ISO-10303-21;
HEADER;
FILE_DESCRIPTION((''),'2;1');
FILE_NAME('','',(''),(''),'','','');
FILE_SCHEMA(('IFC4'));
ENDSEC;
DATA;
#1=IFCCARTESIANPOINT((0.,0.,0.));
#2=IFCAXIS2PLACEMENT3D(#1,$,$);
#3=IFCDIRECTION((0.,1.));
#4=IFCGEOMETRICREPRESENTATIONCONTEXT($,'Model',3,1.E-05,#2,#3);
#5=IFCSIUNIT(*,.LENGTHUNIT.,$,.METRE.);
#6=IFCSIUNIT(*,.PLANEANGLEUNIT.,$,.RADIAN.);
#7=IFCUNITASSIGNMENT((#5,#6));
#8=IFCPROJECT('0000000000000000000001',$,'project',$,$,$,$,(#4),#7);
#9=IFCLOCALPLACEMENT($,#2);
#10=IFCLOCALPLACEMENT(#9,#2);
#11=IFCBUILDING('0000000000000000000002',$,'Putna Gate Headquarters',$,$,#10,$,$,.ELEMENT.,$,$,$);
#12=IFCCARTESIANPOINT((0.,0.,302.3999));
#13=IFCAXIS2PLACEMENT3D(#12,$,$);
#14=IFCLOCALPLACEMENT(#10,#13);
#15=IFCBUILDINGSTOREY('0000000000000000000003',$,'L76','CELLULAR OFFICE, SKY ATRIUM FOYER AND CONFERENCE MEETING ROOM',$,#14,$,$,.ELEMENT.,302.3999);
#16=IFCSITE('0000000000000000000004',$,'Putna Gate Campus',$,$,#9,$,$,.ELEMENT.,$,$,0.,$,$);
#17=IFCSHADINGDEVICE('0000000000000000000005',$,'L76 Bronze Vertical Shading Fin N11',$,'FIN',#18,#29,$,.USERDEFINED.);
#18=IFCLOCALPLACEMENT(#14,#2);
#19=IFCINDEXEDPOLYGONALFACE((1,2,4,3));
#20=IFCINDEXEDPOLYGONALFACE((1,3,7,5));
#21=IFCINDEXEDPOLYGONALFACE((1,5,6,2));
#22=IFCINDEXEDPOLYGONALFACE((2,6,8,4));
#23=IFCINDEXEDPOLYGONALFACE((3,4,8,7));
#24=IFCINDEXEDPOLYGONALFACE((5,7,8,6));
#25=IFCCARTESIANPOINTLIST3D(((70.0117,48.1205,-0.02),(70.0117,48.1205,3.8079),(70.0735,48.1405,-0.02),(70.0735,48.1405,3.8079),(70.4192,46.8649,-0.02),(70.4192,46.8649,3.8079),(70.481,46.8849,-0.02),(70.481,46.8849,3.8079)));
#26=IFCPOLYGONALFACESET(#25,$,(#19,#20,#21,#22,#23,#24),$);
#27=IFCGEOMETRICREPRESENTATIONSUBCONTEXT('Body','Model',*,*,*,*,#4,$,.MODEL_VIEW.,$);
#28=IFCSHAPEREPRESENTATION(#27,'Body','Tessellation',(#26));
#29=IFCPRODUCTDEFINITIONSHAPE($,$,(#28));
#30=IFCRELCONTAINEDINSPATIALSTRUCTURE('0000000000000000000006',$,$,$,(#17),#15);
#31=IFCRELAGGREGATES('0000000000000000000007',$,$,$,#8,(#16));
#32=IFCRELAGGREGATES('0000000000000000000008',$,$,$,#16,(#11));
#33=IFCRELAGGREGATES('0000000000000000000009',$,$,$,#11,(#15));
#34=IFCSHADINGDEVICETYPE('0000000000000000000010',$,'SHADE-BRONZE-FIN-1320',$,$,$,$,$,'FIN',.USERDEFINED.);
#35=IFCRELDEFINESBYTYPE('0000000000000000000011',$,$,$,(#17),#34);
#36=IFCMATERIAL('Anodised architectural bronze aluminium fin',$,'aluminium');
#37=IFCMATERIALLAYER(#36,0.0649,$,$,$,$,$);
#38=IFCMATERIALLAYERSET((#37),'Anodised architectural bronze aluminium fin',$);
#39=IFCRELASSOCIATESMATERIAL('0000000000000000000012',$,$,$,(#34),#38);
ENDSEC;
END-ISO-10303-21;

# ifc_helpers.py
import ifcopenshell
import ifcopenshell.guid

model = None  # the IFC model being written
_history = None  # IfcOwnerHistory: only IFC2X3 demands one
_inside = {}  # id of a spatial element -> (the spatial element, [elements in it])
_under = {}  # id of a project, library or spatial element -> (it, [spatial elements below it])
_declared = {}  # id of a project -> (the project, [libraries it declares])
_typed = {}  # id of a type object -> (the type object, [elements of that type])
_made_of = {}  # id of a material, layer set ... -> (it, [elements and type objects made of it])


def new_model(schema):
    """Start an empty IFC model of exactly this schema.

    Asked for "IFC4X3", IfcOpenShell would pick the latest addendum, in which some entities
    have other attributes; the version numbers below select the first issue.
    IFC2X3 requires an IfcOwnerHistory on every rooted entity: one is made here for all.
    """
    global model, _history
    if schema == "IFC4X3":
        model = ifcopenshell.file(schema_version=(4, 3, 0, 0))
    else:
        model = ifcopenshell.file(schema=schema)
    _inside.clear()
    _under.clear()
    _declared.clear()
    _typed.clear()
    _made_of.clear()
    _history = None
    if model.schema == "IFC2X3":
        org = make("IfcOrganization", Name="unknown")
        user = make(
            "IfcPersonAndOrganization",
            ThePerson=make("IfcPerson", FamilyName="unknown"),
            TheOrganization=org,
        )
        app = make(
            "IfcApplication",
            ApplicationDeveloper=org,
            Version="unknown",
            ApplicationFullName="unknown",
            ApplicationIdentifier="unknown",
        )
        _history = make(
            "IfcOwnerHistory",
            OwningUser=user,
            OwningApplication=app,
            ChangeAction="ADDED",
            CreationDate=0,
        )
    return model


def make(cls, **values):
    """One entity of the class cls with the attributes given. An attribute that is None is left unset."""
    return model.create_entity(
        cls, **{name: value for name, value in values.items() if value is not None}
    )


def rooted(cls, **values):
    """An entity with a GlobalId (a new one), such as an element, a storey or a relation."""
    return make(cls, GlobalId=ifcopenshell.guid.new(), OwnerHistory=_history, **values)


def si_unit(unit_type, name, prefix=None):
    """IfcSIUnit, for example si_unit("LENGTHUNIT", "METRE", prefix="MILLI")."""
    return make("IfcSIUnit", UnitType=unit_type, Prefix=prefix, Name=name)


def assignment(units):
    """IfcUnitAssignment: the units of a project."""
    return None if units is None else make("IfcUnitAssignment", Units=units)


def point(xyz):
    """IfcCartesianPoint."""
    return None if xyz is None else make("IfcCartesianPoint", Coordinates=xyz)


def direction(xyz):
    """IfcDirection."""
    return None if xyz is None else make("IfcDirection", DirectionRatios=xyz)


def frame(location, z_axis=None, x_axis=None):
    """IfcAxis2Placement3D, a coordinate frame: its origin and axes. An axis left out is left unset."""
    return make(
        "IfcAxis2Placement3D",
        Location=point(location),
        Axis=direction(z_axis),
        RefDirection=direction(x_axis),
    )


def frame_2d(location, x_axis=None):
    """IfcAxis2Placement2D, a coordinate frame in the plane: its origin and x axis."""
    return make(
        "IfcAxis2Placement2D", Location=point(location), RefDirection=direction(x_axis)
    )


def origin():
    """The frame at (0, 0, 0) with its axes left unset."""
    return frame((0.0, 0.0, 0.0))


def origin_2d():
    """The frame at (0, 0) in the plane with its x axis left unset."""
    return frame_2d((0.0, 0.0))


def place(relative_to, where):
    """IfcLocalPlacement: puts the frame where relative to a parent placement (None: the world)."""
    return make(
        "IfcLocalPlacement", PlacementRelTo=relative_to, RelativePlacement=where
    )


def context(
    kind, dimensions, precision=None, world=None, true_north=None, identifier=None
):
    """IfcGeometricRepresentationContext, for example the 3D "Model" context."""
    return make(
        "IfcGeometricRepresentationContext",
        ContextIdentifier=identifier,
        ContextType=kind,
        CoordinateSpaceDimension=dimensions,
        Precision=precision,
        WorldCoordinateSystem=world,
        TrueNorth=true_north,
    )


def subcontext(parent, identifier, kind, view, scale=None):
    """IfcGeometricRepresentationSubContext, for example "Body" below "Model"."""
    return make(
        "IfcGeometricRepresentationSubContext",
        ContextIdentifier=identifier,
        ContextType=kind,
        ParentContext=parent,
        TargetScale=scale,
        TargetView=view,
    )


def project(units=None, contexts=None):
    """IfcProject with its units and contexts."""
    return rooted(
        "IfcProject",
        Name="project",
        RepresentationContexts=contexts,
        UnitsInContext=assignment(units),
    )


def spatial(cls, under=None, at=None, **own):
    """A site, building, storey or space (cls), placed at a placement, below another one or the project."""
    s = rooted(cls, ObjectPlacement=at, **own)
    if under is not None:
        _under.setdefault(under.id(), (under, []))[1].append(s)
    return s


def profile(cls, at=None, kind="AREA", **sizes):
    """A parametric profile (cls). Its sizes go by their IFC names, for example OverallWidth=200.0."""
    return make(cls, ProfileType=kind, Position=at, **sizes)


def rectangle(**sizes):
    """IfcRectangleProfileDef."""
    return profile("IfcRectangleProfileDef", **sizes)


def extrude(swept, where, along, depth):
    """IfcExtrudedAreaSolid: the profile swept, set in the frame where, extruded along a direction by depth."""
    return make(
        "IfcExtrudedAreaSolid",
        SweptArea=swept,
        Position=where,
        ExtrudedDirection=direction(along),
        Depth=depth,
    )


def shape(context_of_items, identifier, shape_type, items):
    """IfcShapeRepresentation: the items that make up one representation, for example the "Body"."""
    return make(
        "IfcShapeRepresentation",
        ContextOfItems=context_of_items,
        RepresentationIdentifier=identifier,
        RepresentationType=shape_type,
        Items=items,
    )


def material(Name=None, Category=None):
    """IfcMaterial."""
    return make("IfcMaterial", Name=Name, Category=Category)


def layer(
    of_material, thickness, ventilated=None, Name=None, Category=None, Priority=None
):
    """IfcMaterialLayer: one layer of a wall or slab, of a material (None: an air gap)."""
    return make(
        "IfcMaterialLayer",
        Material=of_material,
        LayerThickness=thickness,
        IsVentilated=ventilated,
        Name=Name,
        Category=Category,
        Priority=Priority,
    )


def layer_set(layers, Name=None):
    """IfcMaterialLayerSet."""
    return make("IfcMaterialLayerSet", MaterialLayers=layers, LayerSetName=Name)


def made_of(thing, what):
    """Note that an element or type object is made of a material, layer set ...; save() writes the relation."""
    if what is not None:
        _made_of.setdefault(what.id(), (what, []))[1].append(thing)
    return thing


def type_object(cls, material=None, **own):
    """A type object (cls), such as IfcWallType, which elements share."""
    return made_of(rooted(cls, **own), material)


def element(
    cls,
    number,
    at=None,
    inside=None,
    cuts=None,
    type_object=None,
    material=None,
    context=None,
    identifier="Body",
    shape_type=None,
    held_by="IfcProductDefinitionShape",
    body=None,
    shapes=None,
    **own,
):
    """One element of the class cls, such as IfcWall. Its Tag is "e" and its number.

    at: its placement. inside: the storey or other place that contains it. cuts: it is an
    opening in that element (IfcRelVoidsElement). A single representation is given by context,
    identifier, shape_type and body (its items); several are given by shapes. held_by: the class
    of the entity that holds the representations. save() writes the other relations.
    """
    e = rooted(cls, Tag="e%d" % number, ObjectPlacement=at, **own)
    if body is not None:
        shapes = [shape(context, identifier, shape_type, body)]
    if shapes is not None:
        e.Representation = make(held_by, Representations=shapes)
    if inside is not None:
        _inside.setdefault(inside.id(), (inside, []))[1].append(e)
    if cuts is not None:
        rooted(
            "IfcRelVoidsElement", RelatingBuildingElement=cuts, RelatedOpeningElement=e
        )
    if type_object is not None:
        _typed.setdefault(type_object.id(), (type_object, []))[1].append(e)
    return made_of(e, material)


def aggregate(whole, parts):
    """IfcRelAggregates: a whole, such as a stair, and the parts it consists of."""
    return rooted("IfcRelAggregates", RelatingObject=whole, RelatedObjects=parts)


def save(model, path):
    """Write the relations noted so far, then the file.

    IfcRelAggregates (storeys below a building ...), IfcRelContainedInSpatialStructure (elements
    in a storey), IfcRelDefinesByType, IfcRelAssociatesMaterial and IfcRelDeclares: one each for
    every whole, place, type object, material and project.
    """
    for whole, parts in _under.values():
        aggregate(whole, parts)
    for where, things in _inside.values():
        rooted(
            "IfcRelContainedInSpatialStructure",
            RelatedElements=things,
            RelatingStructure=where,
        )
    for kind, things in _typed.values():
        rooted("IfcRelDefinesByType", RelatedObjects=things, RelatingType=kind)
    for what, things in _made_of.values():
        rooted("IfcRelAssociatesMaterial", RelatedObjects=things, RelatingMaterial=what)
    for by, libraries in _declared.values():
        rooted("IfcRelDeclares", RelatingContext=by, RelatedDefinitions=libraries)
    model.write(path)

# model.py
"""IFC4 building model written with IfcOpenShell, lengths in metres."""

from ifc_helpers import new_model, si_unit, direction, frame, origin, origin_2d, place, context, subcontext, project, spatial, rectangle, extrude, material, layer, layer_set, type_object, element, save


model = new_model("IFC4")

# Units and contexts
model_context = context("Model", 3, precision=1e-05, world=origin(), true_north=direction((0.0, 1.0)))
body_context = subcontext(model_context, "Body", "Model", "MODEL_VIEW")
ifc_project = project(units=[si_unit("LENGTHUNIT", "METRE"), si_unit("PLANEANGLEUNIT", "RADIAN")], contexts=[model_context])

# Site, building, storey
site_placement = place(None, origin())
site = spatial("IfcSite", under=ifc_project, at=site_placement, Name="Putna Gate Campus", CompositionType="ELEMENT", RefElevation=0.0)
building_placement = place(site_placement, origin())
building = spatial("IfcBuilding", under=site, at=building_placement, Name="Putna Gate Headquarters", CompositionType="ELEMENT")
storey_placement = place(building_placement, frame((0.0, 0.0, 302.3999)))
storey = spatial("IfcBuildingStorey", under=building, at=storey_placement, Name="L76", Description="CELLULAR OFFICE, SKY ATRIUM FOYER AND CONFERENCE MEETING ROOM", CompositionType="ELEMENT", Elevation=302.3999)

# Shading device
ifc_material_1 = material(Name="Anodised architectural bronze aluminium fin", Category="aluminium")
ifc_layer_1 = layer(ifc_material_1, 0.0649)
ifc_layer_set_1 = layer_set([ifc_layer_1], Name="Anodised architectural bronze aluminium fin")
shading_device_type = type_object("IfcShadingDeviceType", Name="SHADE-BRONZE-FIN-1320", ElementType="FIN", PredefinedType="USERDEFINED", material=ifc_layer_set_1)
for number, where, z_axis, x_axis, name in (
    (1, (70.2463, 47.5027, -0.02), (0.0, 0.0, 1.0), (-0.308685, 0.951164, 0.0), "L76 Bronze Vertical Shading Fin N11"),
):
    element("IfcShadingDevice", number, at=place(storey_placement, frame(where, z_axis=z_axis, x_axis=x_axis)), inside=storey, type_object=shading_device_type, Name=name, ObjectType="FIN", PredefinedType="USERDEFINED", context=body_context, shape_type="SweptSolid", body=[
        extrude(rectangle(XDim=1.3201, YDim=0.0649, at=origin_2d()), origin(), (0.0, 0.0, 1.0), 3.8279),
    ])

save(model, "model.ifc")
